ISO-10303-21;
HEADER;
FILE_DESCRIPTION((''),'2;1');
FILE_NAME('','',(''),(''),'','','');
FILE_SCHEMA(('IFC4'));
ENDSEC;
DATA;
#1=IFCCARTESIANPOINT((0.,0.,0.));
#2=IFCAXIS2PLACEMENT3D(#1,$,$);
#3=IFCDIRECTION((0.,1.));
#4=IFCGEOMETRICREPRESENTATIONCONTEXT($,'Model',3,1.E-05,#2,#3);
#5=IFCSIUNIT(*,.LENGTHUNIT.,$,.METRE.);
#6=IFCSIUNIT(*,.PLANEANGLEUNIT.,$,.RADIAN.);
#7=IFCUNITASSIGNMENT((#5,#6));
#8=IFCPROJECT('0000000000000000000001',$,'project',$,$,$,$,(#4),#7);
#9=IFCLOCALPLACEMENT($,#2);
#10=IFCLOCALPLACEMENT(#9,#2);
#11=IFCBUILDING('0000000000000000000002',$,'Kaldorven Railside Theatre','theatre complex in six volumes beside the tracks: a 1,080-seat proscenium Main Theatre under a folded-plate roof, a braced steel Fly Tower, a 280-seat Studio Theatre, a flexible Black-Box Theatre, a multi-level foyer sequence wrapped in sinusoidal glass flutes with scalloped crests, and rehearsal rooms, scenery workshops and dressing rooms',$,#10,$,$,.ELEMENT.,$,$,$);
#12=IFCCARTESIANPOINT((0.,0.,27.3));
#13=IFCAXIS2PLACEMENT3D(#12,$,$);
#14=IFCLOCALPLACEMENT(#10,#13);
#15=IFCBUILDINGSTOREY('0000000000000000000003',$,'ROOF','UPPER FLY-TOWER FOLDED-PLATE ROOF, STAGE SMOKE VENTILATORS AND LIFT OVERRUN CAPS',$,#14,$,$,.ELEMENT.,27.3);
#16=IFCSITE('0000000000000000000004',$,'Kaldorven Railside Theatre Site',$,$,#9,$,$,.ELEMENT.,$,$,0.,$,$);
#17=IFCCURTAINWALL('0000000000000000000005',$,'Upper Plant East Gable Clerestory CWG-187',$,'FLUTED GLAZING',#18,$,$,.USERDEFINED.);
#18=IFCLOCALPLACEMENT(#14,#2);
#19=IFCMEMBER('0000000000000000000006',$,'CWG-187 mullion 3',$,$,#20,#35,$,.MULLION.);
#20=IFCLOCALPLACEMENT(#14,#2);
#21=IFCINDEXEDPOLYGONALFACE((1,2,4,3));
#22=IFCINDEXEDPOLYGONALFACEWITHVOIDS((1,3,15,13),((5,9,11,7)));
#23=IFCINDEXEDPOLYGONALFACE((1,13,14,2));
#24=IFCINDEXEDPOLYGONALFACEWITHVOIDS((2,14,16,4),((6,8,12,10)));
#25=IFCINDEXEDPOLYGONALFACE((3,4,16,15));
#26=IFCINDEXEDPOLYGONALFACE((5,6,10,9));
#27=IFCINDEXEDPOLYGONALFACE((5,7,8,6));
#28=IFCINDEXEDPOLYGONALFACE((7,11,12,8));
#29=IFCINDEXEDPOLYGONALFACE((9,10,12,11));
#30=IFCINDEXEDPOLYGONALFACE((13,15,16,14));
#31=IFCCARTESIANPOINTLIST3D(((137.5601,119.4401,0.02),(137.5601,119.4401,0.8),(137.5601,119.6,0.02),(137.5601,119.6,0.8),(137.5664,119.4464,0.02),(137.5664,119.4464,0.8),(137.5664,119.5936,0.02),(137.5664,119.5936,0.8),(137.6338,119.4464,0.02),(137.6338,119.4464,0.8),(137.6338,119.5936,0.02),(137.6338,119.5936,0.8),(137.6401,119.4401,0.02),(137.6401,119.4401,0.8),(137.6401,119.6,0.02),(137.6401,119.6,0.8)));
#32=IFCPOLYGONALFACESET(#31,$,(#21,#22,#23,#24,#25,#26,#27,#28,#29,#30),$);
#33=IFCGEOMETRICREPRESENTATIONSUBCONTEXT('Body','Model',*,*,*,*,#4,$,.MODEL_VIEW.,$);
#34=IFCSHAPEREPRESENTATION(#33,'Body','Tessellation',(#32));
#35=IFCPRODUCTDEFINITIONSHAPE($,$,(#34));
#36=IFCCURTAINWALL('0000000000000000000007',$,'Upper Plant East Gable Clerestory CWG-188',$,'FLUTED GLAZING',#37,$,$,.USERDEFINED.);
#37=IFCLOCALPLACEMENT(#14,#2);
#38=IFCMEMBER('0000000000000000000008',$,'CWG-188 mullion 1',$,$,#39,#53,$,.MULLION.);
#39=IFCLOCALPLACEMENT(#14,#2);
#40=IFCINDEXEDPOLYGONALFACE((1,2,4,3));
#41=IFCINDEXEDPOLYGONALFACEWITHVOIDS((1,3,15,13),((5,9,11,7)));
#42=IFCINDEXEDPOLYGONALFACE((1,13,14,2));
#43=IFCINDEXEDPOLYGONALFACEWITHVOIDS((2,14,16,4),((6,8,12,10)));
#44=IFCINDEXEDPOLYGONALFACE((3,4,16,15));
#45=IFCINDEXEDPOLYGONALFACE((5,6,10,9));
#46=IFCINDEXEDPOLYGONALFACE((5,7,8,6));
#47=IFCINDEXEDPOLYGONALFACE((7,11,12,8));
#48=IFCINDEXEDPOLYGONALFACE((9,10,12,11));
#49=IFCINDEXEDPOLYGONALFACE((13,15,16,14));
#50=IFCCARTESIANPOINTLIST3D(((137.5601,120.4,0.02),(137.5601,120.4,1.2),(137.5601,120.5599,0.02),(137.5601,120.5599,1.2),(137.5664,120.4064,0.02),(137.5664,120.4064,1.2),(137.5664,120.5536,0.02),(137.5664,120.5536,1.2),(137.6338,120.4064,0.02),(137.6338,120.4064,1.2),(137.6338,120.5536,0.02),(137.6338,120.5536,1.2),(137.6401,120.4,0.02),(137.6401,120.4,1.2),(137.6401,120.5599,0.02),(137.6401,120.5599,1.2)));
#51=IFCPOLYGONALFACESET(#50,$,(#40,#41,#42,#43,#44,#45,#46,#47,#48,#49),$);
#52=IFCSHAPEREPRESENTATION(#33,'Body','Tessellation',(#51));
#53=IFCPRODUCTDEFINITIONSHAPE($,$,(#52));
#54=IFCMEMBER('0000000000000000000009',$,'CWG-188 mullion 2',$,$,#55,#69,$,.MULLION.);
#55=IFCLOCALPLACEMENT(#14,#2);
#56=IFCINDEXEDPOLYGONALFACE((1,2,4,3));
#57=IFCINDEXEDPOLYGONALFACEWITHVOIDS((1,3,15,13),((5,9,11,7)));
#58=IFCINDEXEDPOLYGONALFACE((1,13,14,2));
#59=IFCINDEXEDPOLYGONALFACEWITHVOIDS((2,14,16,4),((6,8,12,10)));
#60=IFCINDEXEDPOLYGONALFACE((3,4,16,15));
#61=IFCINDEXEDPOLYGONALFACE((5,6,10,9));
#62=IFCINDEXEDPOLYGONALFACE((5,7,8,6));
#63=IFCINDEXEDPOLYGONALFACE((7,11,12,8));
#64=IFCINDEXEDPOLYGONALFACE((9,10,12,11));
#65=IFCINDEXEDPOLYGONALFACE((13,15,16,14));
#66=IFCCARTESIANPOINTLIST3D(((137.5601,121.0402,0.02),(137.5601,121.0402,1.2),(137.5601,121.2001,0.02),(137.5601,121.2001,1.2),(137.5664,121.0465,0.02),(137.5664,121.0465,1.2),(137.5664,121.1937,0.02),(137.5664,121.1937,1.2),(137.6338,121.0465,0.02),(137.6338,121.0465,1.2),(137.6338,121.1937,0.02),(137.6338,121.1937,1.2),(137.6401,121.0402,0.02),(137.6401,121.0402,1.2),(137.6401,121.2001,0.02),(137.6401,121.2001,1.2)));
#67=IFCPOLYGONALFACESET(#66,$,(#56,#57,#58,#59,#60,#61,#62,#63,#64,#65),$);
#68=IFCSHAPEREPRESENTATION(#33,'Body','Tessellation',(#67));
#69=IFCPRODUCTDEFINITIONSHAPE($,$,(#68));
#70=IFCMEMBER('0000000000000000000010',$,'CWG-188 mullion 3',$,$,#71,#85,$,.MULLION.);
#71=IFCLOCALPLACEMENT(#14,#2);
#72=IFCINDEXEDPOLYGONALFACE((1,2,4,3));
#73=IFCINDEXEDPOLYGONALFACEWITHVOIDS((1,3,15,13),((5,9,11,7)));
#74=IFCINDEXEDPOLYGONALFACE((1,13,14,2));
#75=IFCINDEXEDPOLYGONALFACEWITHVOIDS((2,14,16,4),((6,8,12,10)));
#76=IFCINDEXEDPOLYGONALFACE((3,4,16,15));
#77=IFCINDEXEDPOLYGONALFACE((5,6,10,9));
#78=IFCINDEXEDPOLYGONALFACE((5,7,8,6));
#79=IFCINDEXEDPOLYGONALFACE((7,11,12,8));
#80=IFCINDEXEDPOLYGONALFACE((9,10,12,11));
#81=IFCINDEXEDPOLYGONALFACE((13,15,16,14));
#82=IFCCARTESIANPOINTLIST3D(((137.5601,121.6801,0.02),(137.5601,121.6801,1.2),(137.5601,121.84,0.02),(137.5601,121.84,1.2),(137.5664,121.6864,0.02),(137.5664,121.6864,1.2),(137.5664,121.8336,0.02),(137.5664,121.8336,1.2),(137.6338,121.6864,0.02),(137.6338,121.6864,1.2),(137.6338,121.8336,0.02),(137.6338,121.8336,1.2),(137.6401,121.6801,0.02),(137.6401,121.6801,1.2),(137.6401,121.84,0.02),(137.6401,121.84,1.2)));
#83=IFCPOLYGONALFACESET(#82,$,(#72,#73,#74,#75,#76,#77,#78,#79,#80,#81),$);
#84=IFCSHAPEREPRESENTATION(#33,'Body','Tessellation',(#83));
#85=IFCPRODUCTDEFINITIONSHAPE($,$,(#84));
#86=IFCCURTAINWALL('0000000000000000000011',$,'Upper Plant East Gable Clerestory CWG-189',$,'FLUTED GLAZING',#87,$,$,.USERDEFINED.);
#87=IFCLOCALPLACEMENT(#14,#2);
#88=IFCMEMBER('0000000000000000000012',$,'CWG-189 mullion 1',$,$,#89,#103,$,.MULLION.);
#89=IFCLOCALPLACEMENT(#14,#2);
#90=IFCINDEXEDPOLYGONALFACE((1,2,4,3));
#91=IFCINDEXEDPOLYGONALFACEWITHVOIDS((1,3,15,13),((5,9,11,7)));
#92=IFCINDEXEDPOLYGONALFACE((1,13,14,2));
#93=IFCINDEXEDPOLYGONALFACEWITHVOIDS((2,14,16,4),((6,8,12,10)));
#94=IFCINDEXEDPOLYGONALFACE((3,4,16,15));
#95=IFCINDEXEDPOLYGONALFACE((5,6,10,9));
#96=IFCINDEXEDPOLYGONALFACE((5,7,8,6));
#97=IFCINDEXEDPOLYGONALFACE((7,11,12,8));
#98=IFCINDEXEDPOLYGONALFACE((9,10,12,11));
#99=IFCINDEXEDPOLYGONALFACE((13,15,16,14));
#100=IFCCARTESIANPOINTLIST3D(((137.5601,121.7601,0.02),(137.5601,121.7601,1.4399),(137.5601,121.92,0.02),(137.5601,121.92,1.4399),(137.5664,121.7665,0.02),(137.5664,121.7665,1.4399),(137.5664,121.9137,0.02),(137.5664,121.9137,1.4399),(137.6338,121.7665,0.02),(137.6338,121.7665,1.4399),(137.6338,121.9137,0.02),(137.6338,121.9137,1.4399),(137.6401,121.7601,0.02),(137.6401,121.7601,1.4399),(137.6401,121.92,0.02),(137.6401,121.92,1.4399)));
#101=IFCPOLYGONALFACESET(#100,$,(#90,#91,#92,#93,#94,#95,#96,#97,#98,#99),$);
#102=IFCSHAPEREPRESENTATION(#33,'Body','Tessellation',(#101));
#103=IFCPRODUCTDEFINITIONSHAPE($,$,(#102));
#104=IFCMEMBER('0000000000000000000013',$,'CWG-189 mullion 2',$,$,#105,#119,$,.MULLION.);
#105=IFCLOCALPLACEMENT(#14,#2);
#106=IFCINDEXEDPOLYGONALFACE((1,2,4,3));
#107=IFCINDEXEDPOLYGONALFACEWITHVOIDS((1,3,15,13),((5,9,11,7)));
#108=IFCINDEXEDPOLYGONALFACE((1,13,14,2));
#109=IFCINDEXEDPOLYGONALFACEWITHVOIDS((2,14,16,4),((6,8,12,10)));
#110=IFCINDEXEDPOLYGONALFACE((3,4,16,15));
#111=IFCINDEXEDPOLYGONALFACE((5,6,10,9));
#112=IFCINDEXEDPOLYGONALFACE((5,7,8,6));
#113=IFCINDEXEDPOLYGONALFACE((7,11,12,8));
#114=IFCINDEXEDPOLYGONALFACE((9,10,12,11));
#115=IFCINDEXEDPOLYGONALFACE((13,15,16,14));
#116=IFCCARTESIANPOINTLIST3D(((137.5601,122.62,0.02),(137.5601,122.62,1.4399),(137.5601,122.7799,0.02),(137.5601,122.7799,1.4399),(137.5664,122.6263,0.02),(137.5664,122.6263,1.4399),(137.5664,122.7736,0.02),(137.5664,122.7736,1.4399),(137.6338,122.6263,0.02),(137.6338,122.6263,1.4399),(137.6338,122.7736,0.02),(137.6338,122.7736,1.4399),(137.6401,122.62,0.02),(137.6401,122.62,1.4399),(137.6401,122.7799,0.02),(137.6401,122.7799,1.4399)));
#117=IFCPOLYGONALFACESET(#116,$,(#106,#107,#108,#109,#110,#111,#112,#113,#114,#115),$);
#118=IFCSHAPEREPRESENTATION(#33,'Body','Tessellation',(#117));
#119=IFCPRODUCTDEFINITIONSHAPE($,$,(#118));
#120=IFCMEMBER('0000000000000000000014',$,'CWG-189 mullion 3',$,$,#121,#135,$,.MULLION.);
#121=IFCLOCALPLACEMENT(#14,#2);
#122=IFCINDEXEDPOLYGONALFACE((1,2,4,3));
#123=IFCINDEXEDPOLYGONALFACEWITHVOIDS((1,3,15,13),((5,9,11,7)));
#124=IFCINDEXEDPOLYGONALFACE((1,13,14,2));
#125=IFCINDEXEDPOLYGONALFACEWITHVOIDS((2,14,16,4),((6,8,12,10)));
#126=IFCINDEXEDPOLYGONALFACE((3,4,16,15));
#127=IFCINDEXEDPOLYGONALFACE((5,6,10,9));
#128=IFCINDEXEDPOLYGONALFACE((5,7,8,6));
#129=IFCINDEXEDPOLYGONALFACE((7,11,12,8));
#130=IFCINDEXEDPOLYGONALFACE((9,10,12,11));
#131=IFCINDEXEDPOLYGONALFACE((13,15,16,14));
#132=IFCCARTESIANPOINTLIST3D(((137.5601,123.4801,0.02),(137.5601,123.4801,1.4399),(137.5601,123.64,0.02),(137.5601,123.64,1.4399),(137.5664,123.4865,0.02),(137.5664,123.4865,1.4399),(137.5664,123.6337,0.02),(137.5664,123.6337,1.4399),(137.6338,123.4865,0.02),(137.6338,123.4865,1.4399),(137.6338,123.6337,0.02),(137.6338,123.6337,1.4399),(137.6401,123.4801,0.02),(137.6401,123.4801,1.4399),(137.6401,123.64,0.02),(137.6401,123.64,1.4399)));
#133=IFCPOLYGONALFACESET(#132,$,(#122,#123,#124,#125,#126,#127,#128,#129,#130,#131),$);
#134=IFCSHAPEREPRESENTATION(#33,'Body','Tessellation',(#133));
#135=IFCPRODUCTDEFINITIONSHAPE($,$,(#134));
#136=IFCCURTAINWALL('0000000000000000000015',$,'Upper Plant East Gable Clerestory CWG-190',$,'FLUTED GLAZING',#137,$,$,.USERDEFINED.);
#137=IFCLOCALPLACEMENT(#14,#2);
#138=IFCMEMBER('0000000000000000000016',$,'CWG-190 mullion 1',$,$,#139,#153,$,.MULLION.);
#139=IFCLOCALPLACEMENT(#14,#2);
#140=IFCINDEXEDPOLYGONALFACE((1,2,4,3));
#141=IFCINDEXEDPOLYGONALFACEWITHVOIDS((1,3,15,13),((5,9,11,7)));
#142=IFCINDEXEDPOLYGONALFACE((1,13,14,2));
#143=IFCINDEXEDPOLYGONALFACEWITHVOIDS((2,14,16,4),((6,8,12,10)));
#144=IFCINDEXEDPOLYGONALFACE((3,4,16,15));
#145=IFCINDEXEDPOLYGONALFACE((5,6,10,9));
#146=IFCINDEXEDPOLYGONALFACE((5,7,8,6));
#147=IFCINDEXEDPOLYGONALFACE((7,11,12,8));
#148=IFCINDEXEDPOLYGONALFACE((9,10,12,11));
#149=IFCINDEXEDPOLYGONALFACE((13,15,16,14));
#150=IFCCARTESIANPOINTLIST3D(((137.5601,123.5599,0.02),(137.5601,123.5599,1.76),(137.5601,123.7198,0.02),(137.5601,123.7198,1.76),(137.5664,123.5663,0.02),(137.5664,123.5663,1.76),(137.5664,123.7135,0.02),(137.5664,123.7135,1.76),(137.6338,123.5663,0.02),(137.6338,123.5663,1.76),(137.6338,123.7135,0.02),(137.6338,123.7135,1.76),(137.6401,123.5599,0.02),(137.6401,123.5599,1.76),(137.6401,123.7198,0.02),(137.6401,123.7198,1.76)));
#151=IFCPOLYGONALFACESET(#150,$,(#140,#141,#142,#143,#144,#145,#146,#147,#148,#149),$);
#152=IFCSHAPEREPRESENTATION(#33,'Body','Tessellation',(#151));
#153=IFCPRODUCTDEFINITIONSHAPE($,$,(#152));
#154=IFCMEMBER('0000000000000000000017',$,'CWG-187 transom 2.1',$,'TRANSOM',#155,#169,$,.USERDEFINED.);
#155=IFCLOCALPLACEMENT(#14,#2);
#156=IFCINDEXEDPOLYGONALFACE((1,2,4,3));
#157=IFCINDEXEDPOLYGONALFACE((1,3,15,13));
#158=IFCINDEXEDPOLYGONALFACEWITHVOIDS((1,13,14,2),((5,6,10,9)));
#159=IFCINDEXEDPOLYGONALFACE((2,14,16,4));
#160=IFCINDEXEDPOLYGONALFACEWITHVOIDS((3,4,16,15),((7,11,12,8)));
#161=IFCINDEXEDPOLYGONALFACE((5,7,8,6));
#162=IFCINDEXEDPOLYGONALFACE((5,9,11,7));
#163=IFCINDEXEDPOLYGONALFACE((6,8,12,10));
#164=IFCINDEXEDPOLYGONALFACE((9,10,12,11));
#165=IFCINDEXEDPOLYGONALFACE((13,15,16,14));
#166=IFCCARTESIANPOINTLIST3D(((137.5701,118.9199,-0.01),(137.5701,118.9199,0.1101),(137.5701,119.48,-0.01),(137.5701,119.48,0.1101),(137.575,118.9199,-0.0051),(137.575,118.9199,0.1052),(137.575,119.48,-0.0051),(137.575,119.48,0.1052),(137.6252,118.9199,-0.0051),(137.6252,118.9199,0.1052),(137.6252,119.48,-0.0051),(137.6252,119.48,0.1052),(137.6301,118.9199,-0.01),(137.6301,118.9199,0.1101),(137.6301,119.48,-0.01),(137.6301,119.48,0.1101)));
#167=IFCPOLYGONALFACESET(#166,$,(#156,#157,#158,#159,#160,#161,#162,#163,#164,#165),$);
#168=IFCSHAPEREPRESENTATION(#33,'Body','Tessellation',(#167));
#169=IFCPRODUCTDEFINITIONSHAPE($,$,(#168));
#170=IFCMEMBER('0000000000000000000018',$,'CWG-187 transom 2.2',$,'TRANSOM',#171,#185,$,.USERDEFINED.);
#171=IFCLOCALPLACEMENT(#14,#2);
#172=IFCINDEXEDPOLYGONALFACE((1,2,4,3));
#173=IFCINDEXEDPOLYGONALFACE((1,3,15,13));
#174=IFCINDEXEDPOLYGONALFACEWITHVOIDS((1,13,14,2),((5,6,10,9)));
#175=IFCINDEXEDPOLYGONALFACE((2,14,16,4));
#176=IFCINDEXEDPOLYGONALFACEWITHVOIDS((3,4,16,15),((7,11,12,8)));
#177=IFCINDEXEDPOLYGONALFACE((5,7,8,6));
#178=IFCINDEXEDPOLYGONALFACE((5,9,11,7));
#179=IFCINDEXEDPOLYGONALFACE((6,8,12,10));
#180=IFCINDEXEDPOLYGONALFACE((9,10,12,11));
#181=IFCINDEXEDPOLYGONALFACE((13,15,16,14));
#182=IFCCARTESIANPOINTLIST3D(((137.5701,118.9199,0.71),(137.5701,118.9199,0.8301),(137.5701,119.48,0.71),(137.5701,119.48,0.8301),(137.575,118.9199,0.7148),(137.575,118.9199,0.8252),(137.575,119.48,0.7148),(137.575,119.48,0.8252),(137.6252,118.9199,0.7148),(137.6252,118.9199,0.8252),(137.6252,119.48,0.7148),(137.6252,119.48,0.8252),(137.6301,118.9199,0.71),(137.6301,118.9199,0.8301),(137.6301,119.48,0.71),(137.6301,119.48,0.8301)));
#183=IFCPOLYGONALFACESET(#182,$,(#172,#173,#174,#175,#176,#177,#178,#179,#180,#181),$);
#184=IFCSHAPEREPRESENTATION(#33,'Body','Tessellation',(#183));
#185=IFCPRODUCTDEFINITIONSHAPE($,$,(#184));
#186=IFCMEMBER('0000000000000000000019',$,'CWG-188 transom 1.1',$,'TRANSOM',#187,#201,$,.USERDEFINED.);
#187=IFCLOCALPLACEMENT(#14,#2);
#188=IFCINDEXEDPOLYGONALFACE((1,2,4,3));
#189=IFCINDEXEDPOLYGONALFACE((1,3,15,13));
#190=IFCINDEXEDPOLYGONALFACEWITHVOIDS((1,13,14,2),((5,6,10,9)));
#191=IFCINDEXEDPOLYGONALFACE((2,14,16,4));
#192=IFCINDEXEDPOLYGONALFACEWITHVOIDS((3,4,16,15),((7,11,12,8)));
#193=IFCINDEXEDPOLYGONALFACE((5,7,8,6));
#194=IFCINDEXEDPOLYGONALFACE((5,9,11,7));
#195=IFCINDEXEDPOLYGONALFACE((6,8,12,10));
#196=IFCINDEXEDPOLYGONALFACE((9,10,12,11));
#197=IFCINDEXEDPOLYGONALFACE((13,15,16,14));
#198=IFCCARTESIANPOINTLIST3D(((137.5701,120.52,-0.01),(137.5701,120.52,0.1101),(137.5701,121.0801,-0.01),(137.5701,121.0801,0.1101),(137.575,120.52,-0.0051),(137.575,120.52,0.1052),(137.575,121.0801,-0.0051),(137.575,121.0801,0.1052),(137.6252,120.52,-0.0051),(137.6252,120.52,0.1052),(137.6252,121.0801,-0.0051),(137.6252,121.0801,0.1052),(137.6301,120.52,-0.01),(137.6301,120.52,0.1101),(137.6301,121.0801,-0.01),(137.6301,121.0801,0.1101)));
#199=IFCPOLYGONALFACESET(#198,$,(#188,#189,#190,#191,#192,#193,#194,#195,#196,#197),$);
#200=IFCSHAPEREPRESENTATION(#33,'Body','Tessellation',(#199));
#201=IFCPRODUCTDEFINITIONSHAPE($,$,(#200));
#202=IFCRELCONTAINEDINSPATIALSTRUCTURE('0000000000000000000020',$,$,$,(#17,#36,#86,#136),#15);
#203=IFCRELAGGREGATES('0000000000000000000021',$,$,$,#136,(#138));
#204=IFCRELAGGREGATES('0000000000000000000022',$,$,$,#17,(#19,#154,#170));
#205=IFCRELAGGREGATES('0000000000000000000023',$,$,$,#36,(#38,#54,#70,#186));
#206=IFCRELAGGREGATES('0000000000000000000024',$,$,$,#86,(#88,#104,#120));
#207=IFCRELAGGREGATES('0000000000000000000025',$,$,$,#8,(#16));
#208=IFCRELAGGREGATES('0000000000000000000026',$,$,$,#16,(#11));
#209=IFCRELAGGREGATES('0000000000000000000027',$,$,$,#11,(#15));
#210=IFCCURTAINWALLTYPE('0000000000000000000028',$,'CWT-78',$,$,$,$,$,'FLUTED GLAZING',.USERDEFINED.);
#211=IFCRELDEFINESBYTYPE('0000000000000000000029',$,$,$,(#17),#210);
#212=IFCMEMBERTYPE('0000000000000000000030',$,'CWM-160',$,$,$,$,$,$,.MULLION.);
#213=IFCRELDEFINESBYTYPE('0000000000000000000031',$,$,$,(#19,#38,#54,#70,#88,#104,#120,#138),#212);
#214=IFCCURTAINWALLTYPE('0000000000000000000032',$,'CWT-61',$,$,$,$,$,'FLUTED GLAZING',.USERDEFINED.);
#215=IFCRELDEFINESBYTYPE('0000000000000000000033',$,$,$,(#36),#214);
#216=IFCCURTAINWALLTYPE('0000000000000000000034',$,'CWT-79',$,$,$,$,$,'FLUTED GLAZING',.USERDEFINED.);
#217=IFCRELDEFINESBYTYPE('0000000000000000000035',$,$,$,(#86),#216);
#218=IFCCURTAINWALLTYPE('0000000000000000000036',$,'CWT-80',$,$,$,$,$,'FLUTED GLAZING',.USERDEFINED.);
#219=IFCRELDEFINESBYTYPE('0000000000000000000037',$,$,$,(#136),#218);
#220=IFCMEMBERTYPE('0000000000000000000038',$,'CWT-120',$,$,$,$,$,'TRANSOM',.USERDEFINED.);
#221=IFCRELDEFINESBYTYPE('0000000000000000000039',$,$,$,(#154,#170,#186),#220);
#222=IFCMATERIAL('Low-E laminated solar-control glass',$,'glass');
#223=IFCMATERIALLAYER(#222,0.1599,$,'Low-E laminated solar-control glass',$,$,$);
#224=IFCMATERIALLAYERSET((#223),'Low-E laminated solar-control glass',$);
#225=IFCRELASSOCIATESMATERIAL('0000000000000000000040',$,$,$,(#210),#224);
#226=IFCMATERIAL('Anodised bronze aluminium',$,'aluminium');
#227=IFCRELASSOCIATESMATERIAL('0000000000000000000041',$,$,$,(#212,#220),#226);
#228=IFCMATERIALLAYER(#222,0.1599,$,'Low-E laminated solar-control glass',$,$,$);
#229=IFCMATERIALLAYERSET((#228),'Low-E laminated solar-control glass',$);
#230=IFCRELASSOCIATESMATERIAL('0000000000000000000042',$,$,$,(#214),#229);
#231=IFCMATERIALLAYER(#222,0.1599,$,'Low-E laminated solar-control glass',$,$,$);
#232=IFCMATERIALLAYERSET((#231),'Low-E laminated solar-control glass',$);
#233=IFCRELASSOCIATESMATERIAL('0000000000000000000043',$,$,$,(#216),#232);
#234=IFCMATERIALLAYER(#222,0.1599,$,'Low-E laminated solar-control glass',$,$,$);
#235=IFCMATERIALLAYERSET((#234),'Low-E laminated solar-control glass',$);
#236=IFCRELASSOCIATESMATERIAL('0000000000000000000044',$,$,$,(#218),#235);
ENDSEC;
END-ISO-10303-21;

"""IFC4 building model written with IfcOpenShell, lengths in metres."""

from ifc_helpers import new_model, si_unit, direction, frame, origin, origin_2d, place, context, subcontext, project, spatial, hollow_rectangle, extrude, material, layer, layer_set, material_profile, profile_set, type_object, element, aggregate, save


model = new_model("IFC4")

# Units and contexts
model_context = context("Model", 3, precision=1e-05, world=origin(), true_north=direction((0.0, 1.0)))
body_context = subcontext(model_context, "Body", "Model", "MODEL_VIEW")
ifc_project = project(units=[si_unit("LENGTHUNIT", "METRE"), si_unit("PLANEANGLEUNIT", "RADIAN")], contexts=[model_context])

# Site, building, storey
site_placement = place(None, origin())
site = spatial("IfcSite", under=ifc_project, at=site_placement, Name="Kaldorven Railside Theatre Site", CompositionType="ELEMENT", RefElevation=0.0)
building_placement = place(site_placement, origin())
building = spatial("IfcBuilding", under=site, at=building_placement, Name="Kaldorven Railside Theatre", Description="theatre complex in six volumes beside the tracks: a 1,080-seat proscenium Main Theatre under a folded-plate roof, a braced steel Fly Tower, a 280-seat Studio Theatre, a flexible Black-Box Theatre, a multi-level foyer sequence wrapped in sinusoidal glass flutes with scalloped crests, and rehearsal rooms, scenery workshops and dressing rooms", CompositionType="ELEMENT")
storey_placement = place(building_placement, frame((0.0, 0.0, 27.3)))
storey = spatial("IfcBuildingStorey", under=building, at=storey_placement, Name="ROOF", Description="UPPER FLY-TOWER FOLDED-PLATE ROOF, STAGE SMOKE VENTILATORS AND LIFT OVERRUN CAPS", CompositionType="ELEMENT", Elevation=27.3)

# Curtain wall, member
ifc_material_1 = material(Name="Low-E laminated solar-control glass", Category="glass")
ifc_layer_1 = layer(ifc_material_1, 0.1599, Name="Low-E laminated solar-control glass")
ifc_layer_set_1 = layer_set([ifc_layer_1], Name="Low-E laminated solar-control glass")
curtain_wall_type_1 = type_object("IfcCurtainWallType", Name="CWT-78", ElementType="FLUTED GLAZING", PredefinedType="USERDEFINED", material=ifc_layer_set_1)
curtain_wall_1_placement = place(storey_placement, origin())
curtain_wall_1 = element("IfcCurtainWall", 1, at=curtain_wall_1_placement, inside=storey, type_object=curtain_wall_type_1, Name="Upper Plant East Gable Clerestory CWG-187", ObjectType="FLUTED GLAZING", PredefinedType="USERDEFINED")
ifc_material_2 = material(Name="Anodised bronze aluminium", Category="aluminium")
ifc_material_profile_1 = material_profile(ifc_material_2, hollow_rectangle(XDim=0.0801, YDim=0.1599, WallThickness=0.0063, at=origin_2d()), Name="RHS 160x80x6.3")
ifc_profile_set_1 = profile_set([ifc_material_profile_1], Name="Anodised bronze aluminium")
member_type_1 = type_object("IfcMemberType", Name="CWM-160", PredefinedType="MULLION", material=ifc_profile_set_1)
member_1_placement = place(storey_placement, frame((137.6001, 119.52, 0.02), z_axis=(0.0, 0.0, 1.0), x_axis=(-1.0, 0.0, 0.0)))
member_1 = element("IfcMember", 2, at=member_1_placement, type_object=member_type_1, Name="CWG-187 mullion 3", PredefinedType="MULLION", context=body_context, shape_type="SweptSolid", body=[
    extrude(hollow_rectangle(XDim=0.0801, YDim=0.1599, WallThickness=0.0063, at=origin_2d()), origin(), (0.0, 0.0, 1.0), 0.78),
])

# Curtain walls, members
ifc_layer_2 = layer(ifc_material_1, 0.1599, Name="Low-E laminated solar-control glass")
ifc_layer_set_2 = layer_set([ifc_layer_2], Name="Low-E laminated solar-control glass")
curtain_wall_type_2 = type_object("IfcCurtainWallType", Name="CWT-61", ElementType="FLUTED GLAZING", PredefinedType="USERDEFINED", material=ifc_layer_set_2)
curtain_wall_2_placement = place(storey_placement, origin())
curtain_wall_2 = element("IfcCurtainWall", 3, at=curtain_wall_2_placement, inside=storey, type_object=curtain_wall_type_2, Name="Upper Plant East Gable Clerestory CWG-188", ObjectType="FLUTED GLAZING", PredefinedType="USERDEFINED")
member_2_placement = place(storey_placement, frame((137.6001, 120.48, 0.02), z_axis=(0.0, 0.0, 1.0), x_axis=(-1.0, 0.0, 0.0)))
member_2 = element("IfcMember", 4, at=member_2_placement, type_object=member_type_1, Name="CWG-188 mullion 1", PredefinedType="MULLION", context=body_context, shape_type="SweptSolid", body=[
    extrude(hollow_rectangle(XDim=0.0801, YDim=0.1599, WallThickness=0.0063, at=origin_2d()), origin(), (0.0, 0.0, 1.0), 1.1799),
])
member_3_placement = place(storey_placement, frame((137.6001, 121.1201, 0.02), z_axis=(0.0, 0.0, 1.0), x_axis=(-1.0, 0.0, 0.0)))
member_3 = element("IfcMember", 5, at=member_3_placement, type_object=member_type_1, Name="CWG-188 mullion 2", PredefinedType="MULLION", context=body_context, shape_type="SweptSolid", body=[
    extrude(hollow_rectangle(XDim=0.0801, YDim=0.1599, WallThickness=0.0063, at=origin_2d()), origin(), (0.0, 0.0, 1.0), 1.1799),
])
member_4_placement = place(storey_placement, frame((137.6001, 121.76, 0.02), z_axis=(0.0, 0.0, 1.0), x_axis=(-1.0, 0.0, 0.0)))
member_4 = element("IfcMember", 6, at=member_4_placement, type_object=member_type_1, Name="CWG-188 mullion 3", PredefinedType="MULLION", context=body_context, shape_type="SweptSolid", body=[
    extrude(hollow_rectangle(XDim=0.0801, YDim=0.1599, WallThickness=0.0063, at=origin_2d()), origin(), (0.0, 0.0, 1.0), 1.1799),
])
ifc_layer_3 = layer(ifc_material_1, 0.1599, Name="Low-E laminated solar-control glass")
ifc_layer_set_3 = layer_set([ifc_layer_3], Name="Low-E laminated solar-control glass")
curtain_wall_type_3 = type_object("IfcCurtainWallType", Name="CWT-79", ElementType="FLUTED GLAZING", PredefinedType="USERDEFINED", material=ifc_layer_set_3)
curtain_wall_3_placement = place(storey_placement, origin())
curtain_wall_3 = element("IfcCurtainWall", 7, at=curtain_wall_3_placement, inside=storey, type_object=curtain_wall_type_3, Name="Upper Plant East Gable Clerestory CWG-189", ObjectType="FLUTED GLAZING", PredefinedType="USERDEFINED")
member_5_placement = place(storey_placement, frame((137.6001, 121.8401, 0.02), z_axis=(0.0, 0.0, 1.0), x_axis=(-1.0, 0.0, 0.0)))
member_5 = element("IfcMember", 8, at=member_5_placement, type_object=member_type_1, Name="CWG-189 mullion 1", PredefinedType="MULLION", context=body_context, shape_type="SweptSolid", body=[
    extrude(hollow_rectangle(XDim=0.0801, YDim=0.1599, WallThickness=0.0063, at=origin_2d()), origin(), (0.0, 0.0, 1.0), 1.4199),
])
member_6_placement = place(storey_placement, frame((137.6001, 122.7, 0.02), z_axis=(0.0, 0.0, 1.0), x_axis=(-1.0, 0.0, 0.0)))
member_6 = element("IfcMember", 9, at=member_6_placement, type_object=member_type_1, Name="CWG-189 mullion 2", PredefinedType="MULLION", context=body_context, shape_type="SweptSolid", body=[
    extrude(hollow_rectangle(XDim=0.0801, YDim=0.1599, WallThickness=0.0063, at=origin_2d()), origin(), (0.0, 0.0, 1.0), 1.4199),
])
member_7_placement = place(storey_placement, frame((137.6001, 123.5601, 0.02), z_axis=(0.0, 0.0, 1.0), x_axis=(-1.0, 0.0, 0.0)))
member_7 = element("IfcMember", 10, at=member_7_placement, type_object=member_type_1, Name="CWG-189 mullion 3", PredefinedType="MULLION", context=body_context, shape_type="SweptSolid", body=[
    extrude(hollow_rectangle(XDim=0.0801, YDim=0.1599, WallThickness=0.0063, at=origin_2d()), origin(), (0.0, 0.0, 1.0), 1.4199),
])

# Curtain wall, member
ifc_layer_4 = layer(ifc_material_1, 0.1599, Name="Low-E laminated solar-control glass")
ifc_layer_set_4 = layer_set([ifc_layer_4], Name="Low-E laminated solar-control glass")
curtain_wall_type_4 = type_object("IfcCurtainWallType", Name="CWT-80", ElementType="FLUTED GLAZING", PredefinedType="USERDEFINED", material=ifc_layer_set_4)
curtain_wall_4_placement = place(storey_placement, origin())
curtain_wall_4 = element("IfcCurtainWall", 11, at=curtain_wall_4_placement, inside=storey, type_object=curtain_wall_type_4, Name="Upper Plant East Gable Clerestory CWG-190", ObjectType="FLUTED GLAZING", PredefinedType="USERDEFINED")
member_8_placement = place(storey_placement, frame((137.6001, 123.6399, 0.02), z_axis=(0.0, 0.0, 1.0), x_axis=(-1.0, 0.0, 0.0)))
member_8 = element("IfcMember", 12, at=member_8_placement, type_object=member_type_1, Name="CWG-190 mullion 1", PredefinedType="MULLION", context=body_context, shape_type="SweptSolid", body=[
    extrude(hollow_rectangle(XDim=0.0801, YDim=0.1599, WallThickness=0.0063, at=origin_2d()), origin(), (0.0, 0.0, 1.0), 1.74),
])

# Members
ifc_material_profile_2 = material_profile(ifc_material_2, hollow_rectangle(XDim=0.0601, YDim=0.1201, WallThickness=0.0049, at=origin_2d()), Name="RHS 120x60x5")
ifc_profile_set_2 = profile_set([ifc_material_profile_2], Name="Anodised bronze aluminium")
member_type_2 = type_object("IfcMemberType", Name="CWT-120", ElementType="TRANSOM", PredefinedType="USERDEFINED", material=ifc_profile_set_2)
member_9_placement = place(storey_placement, frame((137.6001, 118.9199, 0.05), z_axis=(0.0, 1.0, 0.0), x_axis=(-1.0, 0.0, 0.0)))
member_9 = element("IfcMember", 13, at=member_9_placement, type_object=member_type_2, Name="CWG-187 transom 2.1", ObjectType="TRANSOM", PredefinedType="USERDEFINED", context=body_context, shape_type="SweptSolid", body=[
    extrude(hollow_rectangle(XDim=0.0601, YDim=0.1201, WallThickness=0.0049, at=origin_2d()), origin(), (0.0, 0.0, 1.0), 0.5601),
])
member_10_placement = place(storey_placement, frame((137.6001, 118.9199, 0.77), z_axis=(0.0, 1.0, 0.0), x_axis=(-1.0, 0.0, 0.0)))
member_10 = element("IfcMember", 14, at=member_10_placement, type_object=member_type_2, Name="CWG-187 transom 2.2", ObjectType="TRANSOM", PredefinedType="USERDEFINED", context=body_context, shape_type="SweptSolid", body=[
    extrude(hollow_rectangle(XDim=0.0601, YDim=0.1201, WallThickness=0.0049, at=origin_2d()), origin(), (0.0, 0.0, 1.0), 0.5601),
])
member_11_placement = place(storey_placement, frame((137.6001, 120.52, 0.05), z_axis=(0.0, 1.0, 0.0), x_axis=(-1.0, 0.0, 0.0)))
member_11 = element("IfcMember", 15, at=member_11_placement, type_object=member_type_2, Name="CWG-188 transom 1.1", ObjectType="TRANSOM", PredefinedType="USERDEFINED", context=body_context, shape_type="SweptSolid", body=[
    extrude(hollow_rectangle(XDim=0.0601, YDim=0.1201, WallThickness=0.0049, at=origin_2d()), origin(), (0.0, 0.0, 1.0), 0.5601),
])
aggregate(curtain_wall_4, [member_8])

aggregate(curtain_wall_1, [member_1, member_9, member_10])
aggregate(curtain_wall_2, [member_2, member_3, member_4, member_11])
aggregate(curtain_wall_3, [member_5, member_6, member_7])

save(model, "model.ifc")
